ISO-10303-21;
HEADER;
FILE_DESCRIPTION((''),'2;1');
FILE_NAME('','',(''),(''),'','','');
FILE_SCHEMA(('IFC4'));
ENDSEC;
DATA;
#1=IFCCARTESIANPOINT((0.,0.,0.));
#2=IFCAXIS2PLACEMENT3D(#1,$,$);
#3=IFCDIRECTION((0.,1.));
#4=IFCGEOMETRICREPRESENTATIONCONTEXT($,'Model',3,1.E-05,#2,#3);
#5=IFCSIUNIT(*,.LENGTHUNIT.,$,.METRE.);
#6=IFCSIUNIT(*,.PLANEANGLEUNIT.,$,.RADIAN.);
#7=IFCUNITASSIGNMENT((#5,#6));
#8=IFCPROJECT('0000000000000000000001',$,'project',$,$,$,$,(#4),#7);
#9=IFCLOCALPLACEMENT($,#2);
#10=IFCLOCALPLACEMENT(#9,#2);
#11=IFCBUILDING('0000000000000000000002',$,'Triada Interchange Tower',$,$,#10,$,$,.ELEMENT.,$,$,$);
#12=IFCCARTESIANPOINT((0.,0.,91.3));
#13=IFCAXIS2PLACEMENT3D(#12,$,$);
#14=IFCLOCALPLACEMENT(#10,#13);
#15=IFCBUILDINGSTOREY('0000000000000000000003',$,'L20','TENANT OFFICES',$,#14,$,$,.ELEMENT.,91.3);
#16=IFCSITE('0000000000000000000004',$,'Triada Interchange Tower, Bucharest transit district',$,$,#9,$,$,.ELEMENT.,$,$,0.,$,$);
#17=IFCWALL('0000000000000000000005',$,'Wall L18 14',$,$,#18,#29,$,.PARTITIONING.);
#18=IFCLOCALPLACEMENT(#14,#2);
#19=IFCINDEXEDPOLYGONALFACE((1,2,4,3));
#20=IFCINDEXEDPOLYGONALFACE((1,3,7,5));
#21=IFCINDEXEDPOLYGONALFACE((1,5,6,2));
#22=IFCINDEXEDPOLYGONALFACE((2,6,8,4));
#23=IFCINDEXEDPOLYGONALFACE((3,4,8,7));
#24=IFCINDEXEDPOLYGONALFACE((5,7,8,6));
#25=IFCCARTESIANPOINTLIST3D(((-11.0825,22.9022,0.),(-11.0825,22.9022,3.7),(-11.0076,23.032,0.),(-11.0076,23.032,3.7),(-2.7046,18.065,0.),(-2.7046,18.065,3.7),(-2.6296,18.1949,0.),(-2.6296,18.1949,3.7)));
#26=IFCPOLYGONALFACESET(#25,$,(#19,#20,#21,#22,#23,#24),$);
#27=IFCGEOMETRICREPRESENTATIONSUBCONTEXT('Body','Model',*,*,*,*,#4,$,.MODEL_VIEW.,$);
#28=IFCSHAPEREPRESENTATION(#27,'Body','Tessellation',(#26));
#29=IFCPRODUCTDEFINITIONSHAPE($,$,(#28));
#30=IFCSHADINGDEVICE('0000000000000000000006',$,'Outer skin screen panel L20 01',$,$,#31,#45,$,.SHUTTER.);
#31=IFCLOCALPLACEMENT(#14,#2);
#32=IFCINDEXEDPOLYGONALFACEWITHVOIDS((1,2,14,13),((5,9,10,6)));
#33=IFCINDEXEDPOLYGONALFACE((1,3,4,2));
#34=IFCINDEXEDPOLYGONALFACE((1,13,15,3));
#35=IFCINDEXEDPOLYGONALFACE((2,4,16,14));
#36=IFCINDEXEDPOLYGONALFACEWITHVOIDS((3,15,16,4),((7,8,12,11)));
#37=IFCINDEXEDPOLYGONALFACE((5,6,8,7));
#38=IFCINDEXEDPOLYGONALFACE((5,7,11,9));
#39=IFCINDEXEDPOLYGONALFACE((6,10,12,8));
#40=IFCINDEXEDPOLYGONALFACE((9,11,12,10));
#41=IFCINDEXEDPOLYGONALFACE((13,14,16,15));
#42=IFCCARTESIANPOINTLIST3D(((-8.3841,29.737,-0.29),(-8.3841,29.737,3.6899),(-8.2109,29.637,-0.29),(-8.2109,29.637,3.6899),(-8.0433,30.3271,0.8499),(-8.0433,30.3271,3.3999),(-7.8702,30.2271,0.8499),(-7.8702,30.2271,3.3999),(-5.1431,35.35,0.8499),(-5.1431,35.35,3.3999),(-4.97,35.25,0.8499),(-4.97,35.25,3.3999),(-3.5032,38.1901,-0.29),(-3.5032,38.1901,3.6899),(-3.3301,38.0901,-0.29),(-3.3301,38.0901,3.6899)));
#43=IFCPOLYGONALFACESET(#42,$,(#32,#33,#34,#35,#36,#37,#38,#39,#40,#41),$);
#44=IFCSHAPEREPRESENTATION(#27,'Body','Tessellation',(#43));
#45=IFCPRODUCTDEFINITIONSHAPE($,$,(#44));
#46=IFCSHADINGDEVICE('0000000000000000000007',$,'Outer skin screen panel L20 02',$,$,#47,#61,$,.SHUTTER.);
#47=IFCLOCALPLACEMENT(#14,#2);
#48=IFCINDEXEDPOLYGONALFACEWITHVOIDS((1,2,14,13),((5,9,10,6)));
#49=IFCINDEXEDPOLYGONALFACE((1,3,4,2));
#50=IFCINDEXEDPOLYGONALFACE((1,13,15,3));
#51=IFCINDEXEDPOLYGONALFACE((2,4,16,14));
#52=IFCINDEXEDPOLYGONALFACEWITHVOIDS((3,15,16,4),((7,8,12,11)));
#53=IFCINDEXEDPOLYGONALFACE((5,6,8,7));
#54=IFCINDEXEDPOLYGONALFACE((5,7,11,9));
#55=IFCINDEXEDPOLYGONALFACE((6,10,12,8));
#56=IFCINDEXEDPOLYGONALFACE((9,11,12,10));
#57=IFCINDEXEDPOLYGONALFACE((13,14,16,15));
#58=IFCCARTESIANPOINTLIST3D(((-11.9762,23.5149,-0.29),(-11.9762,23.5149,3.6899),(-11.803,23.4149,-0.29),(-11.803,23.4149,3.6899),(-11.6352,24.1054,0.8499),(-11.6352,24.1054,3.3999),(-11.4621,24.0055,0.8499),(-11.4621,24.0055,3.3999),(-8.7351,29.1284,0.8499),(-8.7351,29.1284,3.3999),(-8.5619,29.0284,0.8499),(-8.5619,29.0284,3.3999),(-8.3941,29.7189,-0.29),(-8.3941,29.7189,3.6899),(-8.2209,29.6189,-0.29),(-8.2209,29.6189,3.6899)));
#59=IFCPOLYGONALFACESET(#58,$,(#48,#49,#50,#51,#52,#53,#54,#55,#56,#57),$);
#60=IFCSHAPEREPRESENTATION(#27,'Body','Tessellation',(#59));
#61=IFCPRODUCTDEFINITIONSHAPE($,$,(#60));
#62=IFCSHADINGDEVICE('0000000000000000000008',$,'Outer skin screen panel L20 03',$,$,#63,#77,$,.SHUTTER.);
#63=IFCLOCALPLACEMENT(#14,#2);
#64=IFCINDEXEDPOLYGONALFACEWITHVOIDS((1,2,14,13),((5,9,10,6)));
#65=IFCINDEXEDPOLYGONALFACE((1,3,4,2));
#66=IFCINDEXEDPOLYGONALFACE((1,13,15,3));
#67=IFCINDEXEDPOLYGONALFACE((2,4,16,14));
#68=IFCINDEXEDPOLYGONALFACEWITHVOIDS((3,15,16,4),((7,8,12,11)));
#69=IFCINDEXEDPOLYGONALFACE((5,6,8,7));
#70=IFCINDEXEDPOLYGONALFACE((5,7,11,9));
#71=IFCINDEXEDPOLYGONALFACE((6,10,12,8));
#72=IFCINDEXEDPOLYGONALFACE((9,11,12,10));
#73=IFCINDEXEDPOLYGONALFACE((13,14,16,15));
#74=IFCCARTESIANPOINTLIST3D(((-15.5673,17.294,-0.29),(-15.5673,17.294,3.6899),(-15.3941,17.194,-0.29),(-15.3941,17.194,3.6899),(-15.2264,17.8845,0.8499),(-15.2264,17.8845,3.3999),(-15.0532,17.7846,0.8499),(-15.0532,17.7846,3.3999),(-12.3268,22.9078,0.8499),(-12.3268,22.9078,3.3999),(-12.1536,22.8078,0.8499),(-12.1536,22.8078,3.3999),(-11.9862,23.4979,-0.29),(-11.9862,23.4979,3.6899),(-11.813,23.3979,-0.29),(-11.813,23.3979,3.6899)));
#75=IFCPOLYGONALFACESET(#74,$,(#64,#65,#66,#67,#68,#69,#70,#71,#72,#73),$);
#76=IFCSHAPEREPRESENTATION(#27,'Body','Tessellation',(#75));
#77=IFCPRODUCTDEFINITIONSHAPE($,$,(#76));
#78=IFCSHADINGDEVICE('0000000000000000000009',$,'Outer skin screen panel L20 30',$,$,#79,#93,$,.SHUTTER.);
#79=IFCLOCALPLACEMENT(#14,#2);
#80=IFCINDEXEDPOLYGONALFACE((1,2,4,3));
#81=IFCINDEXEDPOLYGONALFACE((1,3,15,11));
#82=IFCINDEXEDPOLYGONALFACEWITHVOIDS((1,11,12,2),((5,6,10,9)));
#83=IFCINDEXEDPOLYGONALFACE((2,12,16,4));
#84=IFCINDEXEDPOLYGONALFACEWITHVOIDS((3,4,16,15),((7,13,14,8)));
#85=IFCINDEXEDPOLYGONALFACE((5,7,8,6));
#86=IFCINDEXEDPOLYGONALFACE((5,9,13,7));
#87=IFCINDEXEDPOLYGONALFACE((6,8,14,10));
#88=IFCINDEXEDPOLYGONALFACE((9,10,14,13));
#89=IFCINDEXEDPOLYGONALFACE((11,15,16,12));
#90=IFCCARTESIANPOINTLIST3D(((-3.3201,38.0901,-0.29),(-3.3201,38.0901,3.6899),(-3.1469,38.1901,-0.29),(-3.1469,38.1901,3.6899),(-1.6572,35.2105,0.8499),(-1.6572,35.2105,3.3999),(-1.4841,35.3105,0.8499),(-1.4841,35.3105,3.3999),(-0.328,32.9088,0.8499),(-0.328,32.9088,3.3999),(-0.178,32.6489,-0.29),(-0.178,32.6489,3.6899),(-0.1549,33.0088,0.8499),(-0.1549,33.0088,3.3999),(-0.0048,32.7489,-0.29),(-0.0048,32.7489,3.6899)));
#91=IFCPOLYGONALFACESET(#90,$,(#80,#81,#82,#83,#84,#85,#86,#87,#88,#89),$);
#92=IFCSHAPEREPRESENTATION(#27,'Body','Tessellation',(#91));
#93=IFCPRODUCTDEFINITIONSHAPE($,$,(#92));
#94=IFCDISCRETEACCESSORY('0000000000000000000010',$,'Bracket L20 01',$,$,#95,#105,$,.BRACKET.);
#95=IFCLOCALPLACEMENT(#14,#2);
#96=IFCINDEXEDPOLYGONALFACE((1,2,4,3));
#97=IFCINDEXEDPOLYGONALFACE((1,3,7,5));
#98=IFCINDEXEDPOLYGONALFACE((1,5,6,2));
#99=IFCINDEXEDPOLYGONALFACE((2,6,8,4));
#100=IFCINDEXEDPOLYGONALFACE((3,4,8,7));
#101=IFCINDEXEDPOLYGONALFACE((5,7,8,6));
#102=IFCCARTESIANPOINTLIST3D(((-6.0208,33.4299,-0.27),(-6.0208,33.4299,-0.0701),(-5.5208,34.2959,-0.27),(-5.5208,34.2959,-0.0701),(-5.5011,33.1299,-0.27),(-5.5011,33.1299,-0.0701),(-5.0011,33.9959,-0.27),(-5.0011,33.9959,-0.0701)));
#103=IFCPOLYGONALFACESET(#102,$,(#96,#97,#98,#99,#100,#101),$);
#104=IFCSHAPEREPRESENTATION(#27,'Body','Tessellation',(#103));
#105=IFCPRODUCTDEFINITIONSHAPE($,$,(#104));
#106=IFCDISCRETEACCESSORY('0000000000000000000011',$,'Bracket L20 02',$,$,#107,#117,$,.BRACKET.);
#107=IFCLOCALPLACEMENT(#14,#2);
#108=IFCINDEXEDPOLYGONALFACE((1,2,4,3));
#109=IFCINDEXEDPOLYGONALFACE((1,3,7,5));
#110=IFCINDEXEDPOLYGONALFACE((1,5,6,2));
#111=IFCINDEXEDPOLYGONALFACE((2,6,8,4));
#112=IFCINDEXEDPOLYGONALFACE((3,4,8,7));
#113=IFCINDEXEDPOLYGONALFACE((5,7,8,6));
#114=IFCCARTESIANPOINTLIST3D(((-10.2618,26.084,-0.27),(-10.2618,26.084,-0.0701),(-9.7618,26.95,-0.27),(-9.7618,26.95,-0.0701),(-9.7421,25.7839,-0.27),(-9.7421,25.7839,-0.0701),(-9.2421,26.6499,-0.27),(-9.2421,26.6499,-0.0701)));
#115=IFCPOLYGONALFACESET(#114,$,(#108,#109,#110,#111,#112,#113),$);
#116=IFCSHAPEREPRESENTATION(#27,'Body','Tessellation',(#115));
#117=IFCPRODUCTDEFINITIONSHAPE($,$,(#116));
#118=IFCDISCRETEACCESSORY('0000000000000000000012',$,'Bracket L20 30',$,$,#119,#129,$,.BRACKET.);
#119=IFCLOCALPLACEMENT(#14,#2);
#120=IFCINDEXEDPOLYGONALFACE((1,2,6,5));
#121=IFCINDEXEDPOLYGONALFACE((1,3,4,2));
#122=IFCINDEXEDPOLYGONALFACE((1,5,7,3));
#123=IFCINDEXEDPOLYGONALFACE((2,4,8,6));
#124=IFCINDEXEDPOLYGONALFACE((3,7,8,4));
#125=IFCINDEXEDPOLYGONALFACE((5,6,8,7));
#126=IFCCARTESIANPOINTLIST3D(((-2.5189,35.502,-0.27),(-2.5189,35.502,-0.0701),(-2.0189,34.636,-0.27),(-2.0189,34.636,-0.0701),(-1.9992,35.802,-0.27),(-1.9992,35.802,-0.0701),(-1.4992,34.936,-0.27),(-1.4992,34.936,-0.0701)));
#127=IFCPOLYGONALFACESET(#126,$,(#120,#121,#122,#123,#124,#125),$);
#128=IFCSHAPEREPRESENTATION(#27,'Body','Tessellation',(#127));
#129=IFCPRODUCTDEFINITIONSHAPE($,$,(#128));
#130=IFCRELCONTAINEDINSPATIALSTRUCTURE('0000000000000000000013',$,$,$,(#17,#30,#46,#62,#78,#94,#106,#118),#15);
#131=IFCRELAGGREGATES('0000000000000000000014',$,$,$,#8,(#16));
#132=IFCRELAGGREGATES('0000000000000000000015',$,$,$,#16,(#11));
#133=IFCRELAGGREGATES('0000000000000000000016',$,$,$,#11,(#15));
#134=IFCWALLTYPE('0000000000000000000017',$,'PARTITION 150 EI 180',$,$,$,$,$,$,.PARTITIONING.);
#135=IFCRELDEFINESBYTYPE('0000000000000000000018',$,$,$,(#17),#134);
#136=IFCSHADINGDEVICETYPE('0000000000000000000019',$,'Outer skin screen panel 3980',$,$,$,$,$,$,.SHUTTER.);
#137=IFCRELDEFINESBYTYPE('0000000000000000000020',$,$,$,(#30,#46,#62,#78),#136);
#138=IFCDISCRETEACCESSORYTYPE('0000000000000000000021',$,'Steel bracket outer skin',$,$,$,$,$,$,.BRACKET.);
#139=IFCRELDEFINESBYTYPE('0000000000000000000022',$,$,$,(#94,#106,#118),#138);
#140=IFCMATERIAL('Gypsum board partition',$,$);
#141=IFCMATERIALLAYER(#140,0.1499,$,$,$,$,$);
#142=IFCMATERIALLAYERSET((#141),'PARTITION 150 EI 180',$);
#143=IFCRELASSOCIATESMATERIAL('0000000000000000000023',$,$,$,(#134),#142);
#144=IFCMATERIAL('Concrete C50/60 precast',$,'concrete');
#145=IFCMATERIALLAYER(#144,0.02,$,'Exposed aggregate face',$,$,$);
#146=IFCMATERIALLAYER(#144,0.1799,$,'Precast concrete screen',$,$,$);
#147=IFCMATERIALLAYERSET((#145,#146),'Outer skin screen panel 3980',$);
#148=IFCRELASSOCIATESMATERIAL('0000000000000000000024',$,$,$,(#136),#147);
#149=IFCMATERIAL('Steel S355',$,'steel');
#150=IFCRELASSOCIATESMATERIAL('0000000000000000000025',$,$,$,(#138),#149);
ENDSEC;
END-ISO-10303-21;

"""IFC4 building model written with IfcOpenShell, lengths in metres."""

from ifc_helpers import new_model, si_unit, direction, frame, frame_2d, origin, origin_2d, place, context, subcontext, project, spatial, polyline, rectangle, outline, extrude, material, layer, layer_set, type_object, element, save


model = new_model("IFC4")

# Units and contexts
model_context = context("Model", 3, precision=1e-05, world=origin(), true_north=direction((0.0, 1.0)))
body_context = subcontext(model_context, "Body", "Model", "MODEL_VIEW")
ifc_project = project(units=[si_unit("LENGTHUNIT", "METRE"), si_unit("PLANEANGLEUNIT", "RADIAN")], contexts=[model_context])

# Site, building, storey
site_placement = place(None, origin())
site = spatial("IfcSite", under=ifc_project, at=site_placement, Name="Triada Interchange Tower, Bucharest transit district", CompositionType="ELEMENT", RefElevation=0.0)
building_placement = place(site_placement, origin())
building = spatial("IfcBuilding", under=site, at=building_placement, Name="Triada Interchange Tower", CompositionType="ELEMENT")
storey_placement = place(building_placement, frame((0.0, 0.0, 91.3)))
storey = spatial("IfcBuildingStorey", under=building, at=storey_placement, Name="L20", Description="TENANT OFFICES", CompositionType="ELEMENT", Elevation=91.3)

# Wall
ifc_material_1 = material(Name="Gypsum board partition")
ifc_layer_1 = layer(ifc_material_1, 0.1499)
ifc_layer_set_1 = layer_set([ifc_layer_1], Name="PARTITION 150 EI 180")
wall_type_1 = type_object("IfcWallType", Name="PARTITION 150 EI 180", PredefinedType="PARTITIONING", material=ifc_layer_set_1)
wall_1_placement = place(storey_placement, frame((-11.0449, 22.967, 0.0), z_axis=(0.0, 0.0, 1.0), x_axis=(0.866018, -0.500012, 0.0)))
element("IfcWall", 1, at=wall_1_placement, inside=storey, type_object=wall_type_1, Name="Wall L18 14", PredefinedType="PARTITIONING", context=body_context, shape_type="SweptSolid", body=[
    extrude(rectangle(XDim=9.6741, YDim=0.1499, at=frame_2d((4.8369, 0.0))), origin(), (0.0, 0.0, 1.0), 3.7),
])

# Shading devices
ifc_material_2 = material(Name="Concrete C50/60 precast", Category="concrete")
ifc_layer_2 = layer(ifc_material_2, 0.02, Name="Exposed aggregate face")
ifc_layer_3 = layer(ifc_material_2, 0.1799, Name="Precast concrete screen")
ifc_layer_set_2 = layer_set([ifc_layer_2, ifc_layer_3], Name="Outer skin screen panel 3980")
shading_device_type = type_object("IfcShadingDeviceType", Name="Outer skin screen panel 3980", PredefinedType="SHUTTER", material=ifc_layer_set_2)
shading_device_1_placement = place(storey_placement, frame((-3.3301, 38.0901, -0.29), z_axis=(0.0, 0.0, 1.0), x_axis=(-0.500034, -0.866006, 0.0)))
element("IfcShadingDevice", 2, at=shading_device_1_placement, inside=storey, type_object=shading_device_type, Name="Outer skin screen panel L20 01", PredefinedType="SHUTTER", context=body_context, shape_type="SweptSolid", body=[
    extrude(outline(polyline([(0.0, 0.0), (9.761, 0.0), (9.761, 3.98), (0.0, 3.98), (0.0, 0.0)]), holes=[polyline([(3.2795, 1.1399), (3.2795, 3.6899), (9.0796, 3.6899), (9.0796, 1.1399), (3.2795, 1.1399)])]), frame((0.0, 0.0, 0.0), z_axis=(0.0, -1.0, 0.0), x_axis=(1.0, 0.0, 0.0)), (0.0, 0.0, 1.0), 0.2),
])
shading_device_2_placement = place(storey_placement, frame((-8.2209, 29.6189, -0.29), z_axis=(0.0, 0.0, 1.0), x_axis=(-0.500024, -0.866011, 0.0)))
element("IfcShadingDevice", 3, at=shading_device_2_placement, inside=storey, type_object=shading_device_type, Name="Outer skin screen panel L20 02", PredefinedType="SHUTTER", context=body_context, shape_type="SweptSolid", body=[
    extrude(outline(polyline([(0.0, 0.0), (7.1638, 0.0), (7.1638, 3.98), (0.0, 3.98), (0.0, 0.0)]), holes=[polyline([(0.6819, 1.1399), (0.6819, 3.6899), (6.4819, 3.6899), (6.4819, 1.1399), (0.6819, 1.1399)])]), frame((0.0, 0.0, 0.0), z_axis=(0.0, -1.0, 0.0), x_axis=(1.0, 0.0, 0.0)), (0.0, 0.0, 1.0), 0.2),
])
shading_device_3_placement = place(storey_placement, frame((-11.813, 23.3979, -0.29), z_axis=(0.0, 0.0, 1.0), x_axis=(-0.499922, -0.86607, 0.0)))
element("IfcShadingDevice", 4, at=shading_device_3_placement, inside=storey, type_object=shading_device_type, Name="Outer skin screen panel L20 03", PredefinedType="SHUTTER", context=body_context, shape_type="SweptSolid", body=[
    extrude(outline(polyline([(0.0, 0.0), (7.1633, 0.0), (7.1633, 3.98), (0.0, 3.98), (0.0, 0.0)]), holes=[polyline([(0.6814, 1.1399), (0.6814, 3.6899), (6.4814, 3.6899), (6.4814, 1.1399), (0.6814, 1.1399)])]), frame((0.0, 0.0, 0.0), z_axis=(0.0, -1.0, 0.0), x_axis=(1.0, 0.0, 0.0)), (0.0, 0.0, 1.0), 0.2),
])
shading_device_4_placement = place(storey_placement, frame((-0.178, 32.6489, -0.29), z_axis=(0.0, 0.0, 1.0), x_axis=(-0.500076, 0.865982, 0.0)))
element("IfcShadingDevice", 5, at=shading_device_4_placement, inside=storey, type_object=shading_device_type, Name="Outer skin screen panel L20 30", PredefinedType="SHUTTER", context=body_context, shape_type="SweptSolid", body=[
    extrude(outline(polyline([(0.0, 0.0), (6.2832, 0.0), (6.2832, 3.98), (0.0, 3.98), (0.0, 0.0)]), holes=[polyline([(0.3, 1.1399), (0.3, 3.6899), (2.958, 3.6899), (2.958, 1.1399), (0.3, 1.1399)])]), frame((0.0, 0.0, 0.0), z_axis=(0.0, -1.0, 0.0), x_axis=(1.0, 0.0, 0.0)), (0.0, 0.0, 1.0), 0.2),
])

# Discrete accessories
ifc_material_3 = material(Name="Steel S355", Category="steel")
discrete_accessory_type = type_object("IfcDiscreteAccessoryType", Name="Steel bracket outer skin", PredefinedType="BRACKET", material=ifc_material_3)
for number, where, z_axis, x_axis, name in (
    (6, (-5.511, 33.7129, -0.27), (0.0, 0.0, 1.0), (-0.866025, 0.5, 0.0), "Bracket L20 01"),
    (7, (-9.752, 26.3669, -0.27), (0.0, 0.0, 1.0), (-0.866025, 0.5, 0.0), "Bracket L20 02"),
    (8, (-2.009, 35.219, -0.27), (0.0, 0.0, 1.0), (0.866023, 0.500004, 0.0), "Bracket L20 30"),
):
    element("IfcDiscreteAccessory", number, at=place(storey_placement, frame(where, z_axis=z_axis, x_axis=x_axis)), inside=storey, type_object=discrete_accessory_type, Name=name, PredefinedType="BRACKET", context=body_context, shape_type="SweptSolid", body=[
        extrude(rectangle(XDim=0.6001, YDim=1.0, at=origin_2d()), origin(), (0.0, 0.0, 1.0), 0.2),
    ])

save(model, "model.ifc")
